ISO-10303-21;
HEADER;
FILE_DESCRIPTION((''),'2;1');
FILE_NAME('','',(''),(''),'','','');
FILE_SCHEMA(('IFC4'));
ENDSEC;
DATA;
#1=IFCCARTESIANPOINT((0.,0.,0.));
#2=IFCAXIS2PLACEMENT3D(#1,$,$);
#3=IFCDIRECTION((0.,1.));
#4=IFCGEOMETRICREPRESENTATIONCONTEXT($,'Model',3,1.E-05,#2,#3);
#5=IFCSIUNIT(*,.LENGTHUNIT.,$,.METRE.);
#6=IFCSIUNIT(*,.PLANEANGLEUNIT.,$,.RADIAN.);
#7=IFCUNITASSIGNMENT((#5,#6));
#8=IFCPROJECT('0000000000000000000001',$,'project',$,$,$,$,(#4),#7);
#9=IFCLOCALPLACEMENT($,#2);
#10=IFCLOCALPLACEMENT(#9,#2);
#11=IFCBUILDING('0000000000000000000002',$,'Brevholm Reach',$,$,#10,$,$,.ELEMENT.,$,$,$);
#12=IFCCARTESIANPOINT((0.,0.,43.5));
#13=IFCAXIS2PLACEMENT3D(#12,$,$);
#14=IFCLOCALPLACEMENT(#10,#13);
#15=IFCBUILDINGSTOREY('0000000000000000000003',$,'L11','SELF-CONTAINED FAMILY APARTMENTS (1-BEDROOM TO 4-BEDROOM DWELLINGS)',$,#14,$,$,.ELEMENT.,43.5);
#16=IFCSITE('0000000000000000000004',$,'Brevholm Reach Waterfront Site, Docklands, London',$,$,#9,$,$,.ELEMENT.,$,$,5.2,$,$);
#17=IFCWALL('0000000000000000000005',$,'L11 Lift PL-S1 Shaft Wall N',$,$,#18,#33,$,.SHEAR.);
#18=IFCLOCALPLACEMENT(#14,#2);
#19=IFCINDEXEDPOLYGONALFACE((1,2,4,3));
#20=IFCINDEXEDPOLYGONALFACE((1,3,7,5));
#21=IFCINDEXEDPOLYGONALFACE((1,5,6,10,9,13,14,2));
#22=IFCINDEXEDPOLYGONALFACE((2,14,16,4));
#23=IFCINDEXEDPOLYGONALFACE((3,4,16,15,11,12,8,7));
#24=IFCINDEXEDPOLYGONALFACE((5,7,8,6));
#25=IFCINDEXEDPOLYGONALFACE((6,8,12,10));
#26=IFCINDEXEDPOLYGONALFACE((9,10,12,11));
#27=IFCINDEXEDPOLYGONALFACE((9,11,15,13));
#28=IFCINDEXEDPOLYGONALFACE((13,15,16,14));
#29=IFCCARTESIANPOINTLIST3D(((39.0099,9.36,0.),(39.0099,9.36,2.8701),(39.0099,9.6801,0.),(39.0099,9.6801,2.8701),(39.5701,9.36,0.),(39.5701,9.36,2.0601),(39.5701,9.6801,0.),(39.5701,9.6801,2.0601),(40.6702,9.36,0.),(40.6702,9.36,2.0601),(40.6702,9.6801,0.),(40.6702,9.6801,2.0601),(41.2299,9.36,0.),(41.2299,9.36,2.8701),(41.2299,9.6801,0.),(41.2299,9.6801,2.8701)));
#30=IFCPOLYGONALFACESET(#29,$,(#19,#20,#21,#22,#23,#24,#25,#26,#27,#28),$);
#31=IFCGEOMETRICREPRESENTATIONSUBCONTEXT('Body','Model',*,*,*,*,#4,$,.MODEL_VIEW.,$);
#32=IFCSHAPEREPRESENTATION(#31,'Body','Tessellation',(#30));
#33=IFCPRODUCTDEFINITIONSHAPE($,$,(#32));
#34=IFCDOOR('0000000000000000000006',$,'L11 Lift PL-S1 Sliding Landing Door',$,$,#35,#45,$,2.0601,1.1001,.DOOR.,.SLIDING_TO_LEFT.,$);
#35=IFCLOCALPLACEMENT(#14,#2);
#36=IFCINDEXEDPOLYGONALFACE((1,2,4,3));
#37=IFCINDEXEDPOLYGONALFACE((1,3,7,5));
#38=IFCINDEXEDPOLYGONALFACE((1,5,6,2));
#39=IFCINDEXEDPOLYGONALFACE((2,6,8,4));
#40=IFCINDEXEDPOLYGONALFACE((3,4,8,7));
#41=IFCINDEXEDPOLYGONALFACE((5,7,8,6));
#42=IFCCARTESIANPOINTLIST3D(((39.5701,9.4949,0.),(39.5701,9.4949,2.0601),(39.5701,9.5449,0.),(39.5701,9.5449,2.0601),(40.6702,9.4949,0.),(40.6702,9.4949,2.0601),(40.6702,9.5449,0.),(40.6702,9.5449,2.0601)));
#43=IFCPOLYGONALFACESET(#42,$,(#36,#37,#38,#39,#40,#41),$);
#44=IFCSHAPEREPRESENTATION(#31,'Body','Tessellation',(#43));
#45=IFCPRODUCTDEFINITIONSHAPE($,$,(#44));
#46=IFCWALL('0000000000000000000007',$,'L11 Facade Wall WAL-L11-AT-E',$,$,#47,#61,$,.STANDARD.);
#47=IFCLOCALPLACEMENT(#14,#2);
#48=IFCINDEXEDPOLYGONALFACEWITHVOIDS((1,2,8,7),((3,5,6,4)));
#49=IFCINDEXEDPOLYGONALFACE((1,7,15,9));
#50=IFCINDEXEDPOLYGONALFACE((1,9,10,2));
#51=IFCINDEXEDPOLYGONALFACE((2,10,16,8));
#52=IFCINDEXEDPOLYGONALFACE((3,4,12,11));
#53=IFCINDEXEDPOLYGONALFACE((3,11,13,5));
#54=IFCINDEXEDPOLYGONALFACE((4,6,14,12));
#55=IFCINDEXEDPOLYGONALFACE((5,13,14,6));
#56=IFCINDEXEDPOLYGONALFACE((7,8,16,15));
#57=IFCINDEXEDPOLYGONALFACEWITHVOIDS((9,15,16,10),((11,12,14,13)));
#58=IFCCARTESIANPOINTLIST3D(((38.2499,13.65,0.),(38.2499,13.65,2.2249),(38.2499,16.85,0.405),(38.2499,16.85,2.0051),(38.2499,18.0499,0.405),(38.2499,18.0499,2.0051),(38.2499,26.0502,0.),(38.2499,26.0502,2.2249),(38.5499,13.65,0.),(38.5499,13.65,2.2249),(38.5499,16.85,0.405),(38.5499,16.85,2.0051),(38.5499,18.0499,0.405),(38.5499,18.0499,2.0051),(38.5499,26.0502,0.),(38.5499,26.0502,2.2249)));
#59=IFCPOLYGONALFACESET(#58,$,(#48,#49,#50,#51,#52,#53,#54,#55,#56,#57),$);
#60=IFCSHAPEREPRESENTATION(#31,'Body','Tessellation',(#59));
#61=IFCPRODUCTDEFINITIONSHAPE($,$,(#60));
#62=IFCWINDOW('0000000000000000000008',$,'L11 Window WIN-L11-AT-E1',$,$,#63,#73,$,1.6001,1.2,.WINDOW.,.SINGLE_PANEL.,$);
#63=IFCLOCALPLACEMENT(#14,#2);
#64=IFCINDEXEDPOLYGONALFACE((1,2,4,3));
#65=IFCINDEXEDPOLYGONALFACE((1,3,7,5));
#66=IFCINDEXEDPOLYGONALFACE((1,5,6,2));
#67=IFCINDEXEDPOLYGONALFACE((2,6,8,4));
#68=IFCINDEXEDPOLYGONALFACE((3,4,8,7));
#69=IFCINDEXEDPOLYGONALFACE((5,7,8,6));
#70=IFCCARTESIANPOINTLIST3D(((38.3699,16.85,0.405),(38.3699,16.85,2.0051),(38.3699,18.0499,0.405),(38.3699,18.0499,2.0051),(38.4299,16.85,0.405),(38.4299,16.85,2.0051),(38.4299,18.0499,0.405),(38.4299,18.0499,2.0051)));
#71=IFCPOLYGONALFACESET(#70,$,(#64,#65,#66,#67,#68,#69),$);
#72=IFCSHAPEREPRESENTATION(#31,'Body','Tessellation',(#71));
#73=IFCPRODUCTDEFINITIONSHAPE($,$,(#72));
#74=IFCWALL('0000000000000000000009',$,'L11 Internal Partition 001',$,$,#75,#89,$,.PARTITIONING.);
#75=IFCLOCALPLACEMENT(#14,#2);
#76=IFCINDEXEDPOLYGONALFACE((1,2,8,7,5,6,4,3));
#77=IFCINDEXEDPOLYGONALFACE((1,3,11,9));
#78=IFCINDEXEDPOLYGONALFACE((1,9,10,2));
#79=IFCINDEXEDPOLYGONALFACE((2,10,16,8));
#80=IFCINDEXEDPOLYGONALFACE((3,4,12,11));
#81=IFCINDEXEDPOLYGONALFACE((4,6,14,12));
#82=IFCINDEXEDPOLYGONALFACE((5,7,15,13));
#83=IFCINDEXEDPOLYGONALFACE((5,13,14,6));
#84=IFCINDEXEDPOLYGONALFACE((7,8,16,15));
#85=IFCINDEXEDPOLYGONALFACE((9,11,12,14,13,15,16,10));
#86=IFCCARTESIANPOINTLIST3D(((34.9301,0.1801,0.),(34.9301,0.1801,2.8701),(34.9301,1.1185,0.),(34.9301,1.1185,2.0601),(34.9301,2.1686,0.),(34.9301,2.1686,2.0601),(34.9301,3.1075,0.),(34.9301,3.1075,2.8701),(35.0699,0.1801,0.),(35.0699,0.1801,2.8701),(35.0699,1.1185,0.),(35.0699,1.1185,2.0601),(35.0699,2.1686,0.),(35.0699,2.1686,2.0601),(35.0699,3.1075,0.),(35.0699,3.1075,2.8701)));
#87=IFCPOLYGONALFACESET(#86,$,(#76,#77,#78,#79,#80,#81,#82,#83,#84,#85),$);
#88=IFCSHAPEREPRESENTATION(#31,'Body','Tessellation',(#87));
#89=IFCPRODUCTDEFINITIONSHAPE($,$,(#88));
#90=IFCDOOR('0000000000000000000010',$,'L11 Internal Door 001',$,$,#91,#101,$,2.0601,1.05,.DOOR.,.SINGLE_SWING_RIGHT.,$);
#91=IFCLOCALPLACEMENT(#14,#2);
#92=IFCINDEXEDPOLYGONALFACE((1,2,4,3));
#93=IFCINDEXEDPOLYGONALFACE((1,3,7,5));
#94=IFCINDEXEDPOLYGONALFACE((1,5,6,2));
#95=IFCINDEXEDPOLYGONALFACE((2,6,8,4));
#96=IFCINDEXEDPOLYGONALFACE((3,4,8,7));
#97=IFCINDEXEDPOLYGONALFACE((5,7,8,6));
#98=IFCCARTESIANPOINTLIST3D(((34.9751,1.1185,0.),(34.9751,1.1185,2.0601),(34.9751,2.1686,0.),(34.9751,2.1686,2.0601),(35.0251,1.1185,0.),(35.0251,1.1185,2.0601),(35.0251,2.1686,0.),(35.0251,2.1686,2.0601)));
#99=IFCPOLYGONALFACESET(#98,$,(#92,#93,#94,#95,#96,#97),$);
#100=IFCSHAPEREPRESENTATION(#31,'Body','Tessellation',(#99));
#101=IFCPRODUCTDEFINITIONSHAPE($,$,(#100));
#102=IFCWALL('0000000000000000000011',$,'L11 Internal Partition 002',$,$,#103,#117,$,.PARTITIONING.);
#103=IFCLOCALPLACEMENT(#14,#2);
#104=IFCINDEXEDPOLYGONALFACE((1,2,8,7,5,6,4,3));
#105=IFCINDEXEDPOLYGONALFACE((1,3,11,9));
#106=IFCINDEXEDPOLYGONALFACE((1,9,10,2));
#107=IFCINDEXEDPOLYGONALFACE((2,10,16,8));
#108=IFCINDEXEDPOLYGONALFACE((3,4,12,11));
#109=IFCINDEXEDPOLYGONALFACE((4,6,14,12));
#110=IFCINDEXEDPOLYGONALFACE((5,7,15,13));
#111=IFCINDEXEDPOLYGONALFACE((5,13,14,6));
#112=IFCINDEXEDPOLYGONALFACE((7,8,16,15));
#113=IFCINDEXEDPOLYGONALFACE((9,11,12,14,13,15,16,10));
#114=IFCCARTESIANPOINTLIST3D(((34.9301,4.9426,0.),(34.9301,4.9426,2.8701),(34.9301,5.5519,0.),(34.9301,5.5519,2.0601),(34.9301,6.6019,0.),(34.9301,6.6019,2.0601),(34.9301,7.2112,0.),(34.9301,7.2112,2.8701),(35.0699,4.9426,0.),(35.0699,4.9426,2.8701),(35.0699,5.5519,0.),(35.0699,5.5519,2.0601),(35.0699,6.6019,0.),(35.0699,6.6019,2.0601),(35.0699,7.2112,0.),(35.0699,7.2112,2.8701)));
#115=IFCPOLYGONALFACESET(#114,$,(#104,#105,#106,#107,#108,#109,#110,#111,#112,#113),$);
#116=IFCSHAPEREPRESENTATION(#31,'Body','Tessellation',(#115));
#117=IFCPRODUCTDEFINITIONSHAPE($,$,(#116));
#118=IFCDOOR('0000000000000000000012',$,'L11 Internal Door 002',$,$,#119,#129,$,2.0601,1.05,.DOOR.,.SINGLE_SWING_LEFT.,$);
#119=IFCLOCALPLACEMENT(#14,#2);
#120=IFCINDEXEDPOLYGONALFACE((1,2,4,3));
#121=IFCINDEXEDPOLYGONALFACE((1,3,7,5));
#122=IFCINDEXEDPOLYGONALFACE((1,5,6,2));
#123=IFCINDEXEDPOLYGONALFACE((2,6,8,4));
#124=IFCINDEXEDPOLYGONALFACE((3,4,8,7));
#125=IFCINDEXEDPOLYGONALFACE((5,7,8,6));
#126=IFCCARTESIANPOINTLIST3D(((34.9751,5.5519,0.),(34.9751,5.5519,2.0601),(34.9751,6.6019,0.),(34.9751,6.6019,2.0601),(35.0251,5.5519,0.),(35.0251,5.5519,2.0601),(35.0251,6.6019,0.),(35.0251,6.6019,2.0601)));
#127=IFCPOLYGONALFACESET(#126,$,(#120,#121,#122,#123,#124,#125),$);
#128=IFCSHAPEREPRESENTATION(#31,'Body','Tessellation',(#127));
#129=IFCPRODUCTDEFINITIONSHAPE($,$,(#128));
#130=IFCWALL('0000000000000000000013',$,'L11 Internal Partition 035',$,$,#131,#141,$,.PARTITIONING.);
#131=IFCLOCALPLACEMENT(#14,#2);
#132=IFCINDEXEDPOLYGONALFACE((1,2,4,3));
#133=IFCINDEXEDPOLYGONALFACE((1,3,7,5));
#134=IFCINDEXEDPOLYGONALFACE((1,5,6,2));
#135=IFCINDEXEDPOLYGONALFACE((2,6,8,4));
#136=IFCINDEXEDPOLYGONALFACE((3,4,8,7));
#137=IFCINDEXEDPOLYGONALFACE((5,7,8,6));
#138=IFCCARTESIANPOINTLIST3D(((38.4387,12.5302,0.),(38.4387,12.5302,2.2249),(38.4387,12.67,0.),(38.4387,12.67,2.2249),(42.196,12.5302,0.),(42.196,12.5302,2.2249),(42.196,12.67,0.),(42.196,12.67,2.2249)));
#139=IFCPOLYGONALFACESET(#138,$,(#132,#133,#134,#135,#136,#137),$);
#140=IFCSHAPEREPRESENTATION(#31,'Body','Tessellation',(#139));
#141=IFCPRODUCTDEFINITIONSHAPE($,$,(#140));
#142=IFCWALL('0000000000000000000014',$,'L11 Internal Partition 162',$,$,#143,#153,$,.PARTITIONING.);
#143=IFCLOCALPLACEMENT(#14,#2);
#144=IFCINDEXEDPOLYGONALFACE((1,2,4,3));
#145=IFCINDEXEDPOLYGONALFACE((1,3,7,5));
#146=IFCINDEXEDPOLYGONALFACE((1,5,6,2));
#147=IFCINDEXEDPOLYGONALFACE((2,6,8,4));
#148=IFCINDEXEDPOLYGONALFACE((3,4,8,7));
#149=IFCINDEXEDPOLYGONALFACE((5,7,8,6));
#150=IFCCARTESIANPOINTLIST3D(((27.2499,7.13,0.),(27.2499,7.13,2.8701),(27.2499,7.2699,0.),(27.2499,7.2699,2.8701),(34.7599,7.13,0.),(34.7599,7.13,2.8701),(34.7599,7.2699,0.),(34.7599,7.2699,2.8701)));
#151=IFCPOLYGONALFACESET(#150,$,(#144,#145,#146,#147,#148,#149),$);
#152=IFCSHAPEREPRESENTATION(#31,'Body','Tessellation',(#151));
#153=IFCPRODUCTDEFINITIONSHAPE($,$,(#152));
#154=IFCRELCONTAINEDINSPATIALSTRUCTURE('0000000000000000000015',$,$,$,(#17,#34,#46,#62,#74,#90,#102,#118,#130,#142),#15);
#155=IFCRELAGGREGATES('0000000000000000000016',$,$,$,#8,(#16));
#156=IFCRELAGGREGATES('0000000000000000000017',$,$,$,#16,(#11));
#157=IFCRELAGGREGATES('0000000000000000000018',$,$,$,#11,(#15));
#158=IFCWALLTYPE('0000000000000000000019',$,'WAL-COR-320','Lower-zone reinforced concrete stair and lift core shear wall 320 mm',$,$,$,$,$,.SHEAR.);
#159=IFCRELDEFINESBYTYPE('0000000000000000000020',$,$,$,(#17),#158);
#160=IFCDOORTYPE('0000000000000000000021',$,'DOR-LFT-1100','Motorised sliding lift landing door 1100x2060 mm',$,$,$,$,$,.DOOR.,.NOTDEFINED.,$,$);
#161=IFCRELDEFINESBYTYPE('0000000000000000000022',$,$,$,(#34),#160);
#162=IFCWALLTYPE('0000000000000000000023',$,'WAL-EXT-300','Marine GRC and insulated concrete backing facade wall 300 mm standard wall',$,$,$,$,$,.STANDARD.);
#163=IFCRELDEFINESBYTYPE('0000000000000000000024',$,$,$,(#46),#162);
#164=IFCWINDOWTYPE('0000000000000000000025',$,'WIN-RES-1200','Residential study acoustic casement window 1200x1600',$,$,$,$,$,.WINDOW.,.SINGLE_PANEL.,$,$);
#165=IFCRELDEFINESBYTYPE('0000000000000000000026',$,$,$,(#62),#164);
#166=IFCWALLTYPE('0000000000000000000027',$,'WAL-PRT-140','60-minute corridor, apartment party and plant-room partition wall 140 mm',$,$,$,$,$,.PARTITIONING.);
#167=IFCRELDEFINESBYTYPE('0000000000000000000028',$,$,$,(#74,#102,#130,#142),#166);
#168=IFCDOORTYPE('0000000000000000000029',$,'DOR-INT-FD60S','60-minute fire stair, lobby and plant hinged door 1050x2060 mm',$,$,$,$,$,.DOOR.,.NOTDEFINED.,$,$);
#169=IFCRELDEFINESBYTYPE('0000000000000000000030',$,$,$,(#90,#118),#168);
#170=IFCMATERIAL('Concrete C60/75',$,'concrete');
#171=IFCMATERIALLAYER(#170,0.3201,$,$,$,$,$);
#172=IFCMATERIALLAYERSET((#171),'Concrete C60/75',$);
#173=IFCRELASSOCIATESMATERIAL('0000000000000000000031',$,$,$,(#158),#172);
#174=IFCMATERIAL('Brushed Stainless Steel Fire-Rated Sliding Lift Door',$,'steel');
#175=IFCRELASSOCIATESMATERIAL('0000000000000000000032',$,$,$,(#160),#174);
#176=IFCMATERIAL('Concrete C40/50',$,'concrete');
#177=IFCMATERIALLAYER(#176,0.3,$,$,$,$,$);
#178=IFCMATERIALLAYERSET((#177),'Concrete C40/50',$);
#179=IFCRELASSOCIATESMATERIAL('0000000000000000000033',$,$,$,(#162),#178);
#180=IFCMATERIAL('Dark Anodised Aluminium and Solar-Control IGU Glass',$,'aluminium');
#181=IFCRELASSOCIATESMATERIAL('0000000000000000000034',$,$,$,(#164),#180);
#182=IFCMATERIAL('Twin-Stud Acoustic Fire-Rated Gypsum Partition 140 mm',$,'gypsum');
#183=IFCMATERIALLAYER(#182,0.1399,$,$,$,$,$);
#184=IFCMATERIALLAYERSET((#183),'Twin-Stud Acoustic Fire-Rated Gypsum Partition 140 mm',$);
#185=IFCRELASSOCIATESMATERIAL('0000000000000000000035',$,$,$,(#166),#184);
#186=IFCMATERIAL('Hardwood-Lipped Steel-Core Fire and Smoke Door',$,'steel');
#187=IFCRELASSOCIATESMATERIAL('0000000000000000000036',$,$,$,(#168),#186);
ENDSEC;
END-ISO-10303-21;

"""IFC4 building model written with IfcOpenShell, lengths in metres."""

from ifc_helpers import new_model, si_unit, direction, frame, frame_2d, origin, place, context, subcontext, project, spatial, rectangle, extrude, material, layer, layer_set, type_object, element, fill, save


model = new_model("IFC4")

# Units and contexts
model_context = context("Model", 3, precision=1e-05, world=origin(), true_north=direction((0.0, 1.0)))
body_context = subcontext(model_context, "Body", "Model", "MODEL_VIEW")
ifc_project = project(units=[si_unit("LENGTHUNIT", "METRE"), si_unit("PLANEANGLEUNIT", "RADIAN")], contexts=[model_context])

# Site, building, storey
site_placement = place(None, origin())
site = spatial("IfcSite", under=ifc_project, at=site_placement, Name="Brevholm Reach Waterfront Site, Docklands, London", CompositionType="ELEMENT", RefElevation=5.2)
building_placement = place(site_placement, origin())
building = spatial("IfcBuilding", under=site, at=building_placement, Name="Brevholm Reach", CompositionType="ELEMENT")
storey_placement = place(building_placement, frame((0.0, 0.0, 43.5)))
storey = spatial("IfcBuildingStorey", under=building, at=storey_placement, Name="L11", Description="SELF-CONTAINED FAMILY APARTMENTS (1-BEDROOM TO 4-BEDROOM DWELLINGS)", CompositionType="ELEMENT", Elevation=43.5)

# Shared definitions
ifc_material_1 = material(Name="Concrete C60/75", Category="concrete")
ifc_layer_1 = layer(ifc_material_1, 0.3201)
ifc_layer_set_1 = layer_set([ifc_layer_1], Name="Concrete C60/75")
wall_type_1 = type_object("IfcWallType", Name="WAL-COR-320", Description="Lower-zone reinforced concrete stair and lift core shear wall 320 mm", PredefinedType="SHEAR", material=ifc_layer_set_1)

# Wall, opening, door
wall_1_placement = place(storey_placement, frame((39.01, 9.52, 0.0), z_axis=(0.0, 0.0, 1.0), x_axis=(1.0, 0.0, 0.0)))
wall_1 = element("IfcWall", 1, at=wall_1_placement, inside=storey, type_object=wall_type_1, Name="L11 Lift PL-S1 Shaft Wall N", PredefinedType="SHEAR", context=body_context, shape_type="SweptSolid", body=[
    extrude(rectangle(XDim=2.22, YDim=0.3201, at=frame_2d((1.1099, 0.0))), origin(), (0.0, 0.0, 1.0), 2.8701),
])
opening_1_placement = place(wall_1_placement, frame((0.5601, 0.0, 0.0)))
opening_1 = element("IfcOpeningElement", 2, at=opening_1_placement, cuts=wall_1, PredefinedType="OPENING", context=body_context, shape_type="SweptSolid", body=[
    extrude(rectangle(XDim=1.1001, YDim=2.0601, at=frame_2d((0.55, 1.03))), frame((0.0, 0.1699, 0.0), z_axis=(0.0, -1.0, 0.0), x_axis=(1.0, 0.0, 0.0)), (0.0, 0.0, 1.0), 0.3401),
])
ifc_material_2 = material(Name="Brushed Stainless Steel Fire-Rated Sliding Lift Door", Category="steel")
door_type_1 = type_object("IfcDoorType", Name="DOR-LFT-1100", Description="Motorised sliding lift landing door 1100x2060 mm", OperationType="NOTDEFINED", PredefinedType="DOOR", material=ifc_material_2)
door_1_placement = place(opening_1_placement, origin())
door_1 = element("IfcDoor", 3, at=door_1_placement, inside=storey, type_object=door_type_1, Name="L11 Lift PL-S1 Sliding Landing Door", OperationType="SLIDING_TO_LEFT", OverallHeight=2.0601, OverallWidth=1.1001, PredefinedType="DOOR", context=body_context, shape_type="SweptSolid", body=[
    extrude(rectangle(XDim=1.1001, YDim=2.0601, at=frame_2d((0.55, 1.03))), frame((0.0, 0.0249, 0.0), z_axis=(0.0, -1.0, 0.0), x_axis=(1.0, 0.0, 0.0)), (0.0, 0.0, 1.0), 0.05),
])
fill(opening_1, door_1)

# Wall, opening, window
ifc_material_3 = material(Name="Concrete C40/50", Category="concrete")
ifc_layer_2 = layer(ifc_material_3, 0.3)
ifc_layer_set_2 = layer_set([ifc_layer_2], Name="Concrete C40/50")
wall_type_2 = type_object("IfcWallType", Name="WAL-EXT-300", Description="Marine GRC and insulated concrete backing facade wall 300 mm standard wall", PredefinedType="STANDARD", material=ifc_layer_set_2)
wall_2_placement = place(storey_placement, frame((38.3999, 13.6499, 0.0), z_axis=(0.0, 0.0, 1.0), x_axis=(0.0, 1.0, 0.0)))
wall_2 = element("IfcWall", 4, at=wall_2_placement, inside=storey, type_object=wall_type_2, Name="L11 Facade Wall WAL-L11-AT-E", PredefinedType="STANDARD", context=body_context, shape_type="SweptSolid", body=[
    extrude(rectangle(XDim=12.4001, YDim=0.3, at=frame_2d((6.2002, 0.0))), origin(), (0.0, 0.0, 1.0), 2.2249),
])
opening_2_placement = place(wall_2_placement, frame((3.2, 0.0, 0.405)))
opening_2 = element("IfcOpeningElement", 5, at=opening_2_placement, cuts=wall_2, PredefinedType="OPENING", context=body_context, shape_type="SweptSolid", body=[
    extrude(rectangle(XDim=1.2, YDim=1.6001, at=frame_2d((0.6001, 0.8))), frame((0.0, 0.1599, 0.0), z_axis=(0.0, -1.0, 0.0), x_axis=(1.0, 0.0, 0.0)), (0.0, 0.0, 1.0), 0.3201),
])
ifc_material_4 = material(Name="Dark Anodised Aluminium and Solar-Control IGU Glass", Category="aluminium")
window_type = type_object("IfcWindowType", Name="WIN-RES-1200", Description="Residential study acoustic casement window 1200x1600", PartitioningType="SINGLE_PANEL", PredefinedType="WINDOW", material=ifc_material_4)
window_placement = place(opening_2_placement, origin())
window = element("IfcWindow", 6, at=window_placement, inside=storey, type_object=window_type, Name="L11 Window WIN-L11-AT-E1", OverallHeight=1.6001, OverallWidth=1.2, PartitioningType="SINGLE_PANEL", PredefinedType="WINDOW", context=body_context, shape_type="SweptSolid", body=[
    extrude(rectangle(XDim=1.2, YDim=1.6001, at=frame_2d((0.6001, 0.8))), frame((0.0, 0.03, 0.0), z_axis=(0.0, -1.0, 0.0), x_axis=(1.0, 0.0, 0.0)), (0.0, 0.0, 1.0), 0.0601),
])
fill(opening_2, window)

# Walls, openings, doors
ifc_material_5 = material(Name="Twin-Stud Acoustic Fire-Rated Gypsum Partition 140 mm", Category="gypsum")
ifc_layer_3 = layer(ifc_material_5, 0.1399)
ifc_layer_set_3 = layer_set([ifc_layer_3], Name="Twin-Stud Acoustic Fire-Rated Gypsum Partition 140 mm")
wall_type_3 = type_object("IfcWallType", Name="WAL-PRT-140", Description="60-minute corridor, apartment party and plant-room partition wall 140 mm", PredefinedType="PARTITIONING", material=ifc_layer_set_3)
wall_3_placement = place(storey_placement, frame((35.0, 0.1799, 0.0), z_axis=(0.0, 0.0, 1.0), x_axis=(0.0, 1.0, 0.0)))
wall_3 = element("IfcWall", 7, at=wall_3_placement, inside=storey, type_object=wall_type_3, Name="L11 Internal Partition 001", PredefinedType="PARTITIONING", context=body_context, shape_type="SweptSolid", body=[
    extrude(rectangle(XDim=2.9275, YDim=0.1399, at=frame_2d((1.4639, 0.0))), origin(), (0.0, 0.0, 1.0), 2.8701),
])
opening_3_placement = place(wall_3_placement, frame((0.9387, 0.0, 0.0)))
opening_3 = element("IfcOpeningElement", 8, at=opening_3_placement, cuts=wall_3, PredefinedType="OPENING", context=body_context, shape_type="SweptSolid", body=[
    extrude(rectangle(XDim=1.05, YDim=2.0601, at=frame_2d((0.5249, 1.03))), frame((0.0, 0.0798, 0.0), z_axis=(0.0, -1.0, 0.0), x_axis=(1.0, 0.0, 0.0)), (0.0, 0.0, 1.0), 0.1599),
])
ifc_material_6 = material(Name="Hardwood-Lipped Steel-Core Fire and Smoke Door", Category="steel")
door_type_2 = type_object("IfcDoorType", Name="DOR-INT-FD60S", Description="60-minute fire stair, lobby and plant hinged door 1050x2060 mm", OperationType="NOTDEFINED", PredefinedType="DOOR", material=ifc_material_6)
door_2_placement = place(opening_3_placement, origin())
door_2 = element("IfcDoor", 9, at=door_2_placement, inside=storey, type_object=door_type_2, Name="L11 Internal Door 001", OperationType="SINGLE_SWING_RIGHT", OverallHeight=2.0601, OverallWidth=1.05, PredefinedType="DOOR", context=body_context, shape_type="SweptSolid", body=[
    extrude(rectangle(XDim=1.05, YDim=2.0601, at=frame_2d((0.5249, 1.03))), frame((0.0, 0.0249, 0.0), z_axis=(0.0, -1.0, 0.0), x_axis=(1.0, 0.0, 0.0)), (0.0, 0.0, 1.0), 0.05),
])
fill(opening_3, door_2)
wall_4_placement = place(storey_placement, frame((35.0, 4.9426, 0.0), z_axis=(0.0, 0.0, 1.0), x_axis=(0.0, 1.0, 0.0)))
wall_4 = element("IfcWall", 10, at=wall_4_placement, inside=storey, type_object=wall_type_3, Name="L11 Internal Partition 002", PredefinedType="PARTITIONING", context=body_context, shape_type="SweptSolid", body=[
    extrude(rectangle(XDim=2.2686, YDim=0.1399, at=frame_2d((1.1343, 0.0))), origin(), (0.0, 0.0, 1.0), 2.8701),
])
opening_4_placement = place(wall_4_placement, frame((0.6094, 0.0, 0.0)))
opening_4 = element("IfcOpeningElement", 11, at=opening_4_placement, cuts=wall_4, PredefinedType="OPENING", context=body_context, shape_type="SweptSolid", body=[
    extrude(rectangle(XDim=1.05, YDim=2.0601, at=frame_2d((0.5249, 1.03))), frame((0.0, 0.0798, 0.0), z_axis=(0.0, -1.0, 0.0), x_axis=(1.0, 0.0, 0.0)), (0.0, 0.0, 1.0), 0.1599),
])
door_3_placement = place(opening_4_placement, origin())
door_3 = element("IfcDoor", 12, at=door_3_placement, inside=storey, type_object=door_type_2, Name="L11 Internal Door 002", OperationType="SINGLE_SWING_LEFT", OverallHeight=2.0601, OverallWidth=1.05, PredefinedType="DOOR", context=body_context, shape_type="SweptSolid", body=[
    extrude(rectangle(XDim=1.05, YDim=2.0601, at=frame_2d((0.5249, 1.03))), frame((0.0, 0.0249, 0.0), z_axis=(0.0, -1.0, 0.0), x_axis=(1.0, 0.0, 0.0)), (0.0, 0.0, 1.0), 0.05),
])
fill(opening_4, door_3)

# Walls
wall_5_placement = place(storey_placement, frame((38.4387, 12.6001, 0.0), z_axis=(0.0, 0.0, 1.0), x_axis=(1.0, 0.0, 0.0)))
element("IfcWall", 13, at=wall_5_placement, inside=storey, type_object=wall_type_3, Name="L11 Internal Partition 035", PredefinedType="PARTITIONING", context=body_context, shape_type="SweptSolid", body=[
    extrude(rectangle(XDim=3.7573, YDim=0.1399, at=frame_2d((1.8787, 0.0))), origin(), (0.0, 0.0, 1.0), 2.2249),
])
wall_6_placement = place(storey_placement, frame((27.25, 7.2, 0.0), z_axis=(0.0, 0.0, 1.0), x_axis=(1.0, 0.0, 0.0)))
element("IfcWall", 14, at=wall_6_placement, inside=storey, type_object=wall_type_3, Name="L11 Internal Partition 162", PredefinedType="PARTITIONING", context=body_context, shape_type="SweptSolid", body=[
    extrude(rectangle(XDim=7.51, YDim=0.1399, at=frame_2d((3.7549, 0.0))), origin(), (0.0, 0.0, 1.0), 2.8701),
])

save(model, "model.ifc")
